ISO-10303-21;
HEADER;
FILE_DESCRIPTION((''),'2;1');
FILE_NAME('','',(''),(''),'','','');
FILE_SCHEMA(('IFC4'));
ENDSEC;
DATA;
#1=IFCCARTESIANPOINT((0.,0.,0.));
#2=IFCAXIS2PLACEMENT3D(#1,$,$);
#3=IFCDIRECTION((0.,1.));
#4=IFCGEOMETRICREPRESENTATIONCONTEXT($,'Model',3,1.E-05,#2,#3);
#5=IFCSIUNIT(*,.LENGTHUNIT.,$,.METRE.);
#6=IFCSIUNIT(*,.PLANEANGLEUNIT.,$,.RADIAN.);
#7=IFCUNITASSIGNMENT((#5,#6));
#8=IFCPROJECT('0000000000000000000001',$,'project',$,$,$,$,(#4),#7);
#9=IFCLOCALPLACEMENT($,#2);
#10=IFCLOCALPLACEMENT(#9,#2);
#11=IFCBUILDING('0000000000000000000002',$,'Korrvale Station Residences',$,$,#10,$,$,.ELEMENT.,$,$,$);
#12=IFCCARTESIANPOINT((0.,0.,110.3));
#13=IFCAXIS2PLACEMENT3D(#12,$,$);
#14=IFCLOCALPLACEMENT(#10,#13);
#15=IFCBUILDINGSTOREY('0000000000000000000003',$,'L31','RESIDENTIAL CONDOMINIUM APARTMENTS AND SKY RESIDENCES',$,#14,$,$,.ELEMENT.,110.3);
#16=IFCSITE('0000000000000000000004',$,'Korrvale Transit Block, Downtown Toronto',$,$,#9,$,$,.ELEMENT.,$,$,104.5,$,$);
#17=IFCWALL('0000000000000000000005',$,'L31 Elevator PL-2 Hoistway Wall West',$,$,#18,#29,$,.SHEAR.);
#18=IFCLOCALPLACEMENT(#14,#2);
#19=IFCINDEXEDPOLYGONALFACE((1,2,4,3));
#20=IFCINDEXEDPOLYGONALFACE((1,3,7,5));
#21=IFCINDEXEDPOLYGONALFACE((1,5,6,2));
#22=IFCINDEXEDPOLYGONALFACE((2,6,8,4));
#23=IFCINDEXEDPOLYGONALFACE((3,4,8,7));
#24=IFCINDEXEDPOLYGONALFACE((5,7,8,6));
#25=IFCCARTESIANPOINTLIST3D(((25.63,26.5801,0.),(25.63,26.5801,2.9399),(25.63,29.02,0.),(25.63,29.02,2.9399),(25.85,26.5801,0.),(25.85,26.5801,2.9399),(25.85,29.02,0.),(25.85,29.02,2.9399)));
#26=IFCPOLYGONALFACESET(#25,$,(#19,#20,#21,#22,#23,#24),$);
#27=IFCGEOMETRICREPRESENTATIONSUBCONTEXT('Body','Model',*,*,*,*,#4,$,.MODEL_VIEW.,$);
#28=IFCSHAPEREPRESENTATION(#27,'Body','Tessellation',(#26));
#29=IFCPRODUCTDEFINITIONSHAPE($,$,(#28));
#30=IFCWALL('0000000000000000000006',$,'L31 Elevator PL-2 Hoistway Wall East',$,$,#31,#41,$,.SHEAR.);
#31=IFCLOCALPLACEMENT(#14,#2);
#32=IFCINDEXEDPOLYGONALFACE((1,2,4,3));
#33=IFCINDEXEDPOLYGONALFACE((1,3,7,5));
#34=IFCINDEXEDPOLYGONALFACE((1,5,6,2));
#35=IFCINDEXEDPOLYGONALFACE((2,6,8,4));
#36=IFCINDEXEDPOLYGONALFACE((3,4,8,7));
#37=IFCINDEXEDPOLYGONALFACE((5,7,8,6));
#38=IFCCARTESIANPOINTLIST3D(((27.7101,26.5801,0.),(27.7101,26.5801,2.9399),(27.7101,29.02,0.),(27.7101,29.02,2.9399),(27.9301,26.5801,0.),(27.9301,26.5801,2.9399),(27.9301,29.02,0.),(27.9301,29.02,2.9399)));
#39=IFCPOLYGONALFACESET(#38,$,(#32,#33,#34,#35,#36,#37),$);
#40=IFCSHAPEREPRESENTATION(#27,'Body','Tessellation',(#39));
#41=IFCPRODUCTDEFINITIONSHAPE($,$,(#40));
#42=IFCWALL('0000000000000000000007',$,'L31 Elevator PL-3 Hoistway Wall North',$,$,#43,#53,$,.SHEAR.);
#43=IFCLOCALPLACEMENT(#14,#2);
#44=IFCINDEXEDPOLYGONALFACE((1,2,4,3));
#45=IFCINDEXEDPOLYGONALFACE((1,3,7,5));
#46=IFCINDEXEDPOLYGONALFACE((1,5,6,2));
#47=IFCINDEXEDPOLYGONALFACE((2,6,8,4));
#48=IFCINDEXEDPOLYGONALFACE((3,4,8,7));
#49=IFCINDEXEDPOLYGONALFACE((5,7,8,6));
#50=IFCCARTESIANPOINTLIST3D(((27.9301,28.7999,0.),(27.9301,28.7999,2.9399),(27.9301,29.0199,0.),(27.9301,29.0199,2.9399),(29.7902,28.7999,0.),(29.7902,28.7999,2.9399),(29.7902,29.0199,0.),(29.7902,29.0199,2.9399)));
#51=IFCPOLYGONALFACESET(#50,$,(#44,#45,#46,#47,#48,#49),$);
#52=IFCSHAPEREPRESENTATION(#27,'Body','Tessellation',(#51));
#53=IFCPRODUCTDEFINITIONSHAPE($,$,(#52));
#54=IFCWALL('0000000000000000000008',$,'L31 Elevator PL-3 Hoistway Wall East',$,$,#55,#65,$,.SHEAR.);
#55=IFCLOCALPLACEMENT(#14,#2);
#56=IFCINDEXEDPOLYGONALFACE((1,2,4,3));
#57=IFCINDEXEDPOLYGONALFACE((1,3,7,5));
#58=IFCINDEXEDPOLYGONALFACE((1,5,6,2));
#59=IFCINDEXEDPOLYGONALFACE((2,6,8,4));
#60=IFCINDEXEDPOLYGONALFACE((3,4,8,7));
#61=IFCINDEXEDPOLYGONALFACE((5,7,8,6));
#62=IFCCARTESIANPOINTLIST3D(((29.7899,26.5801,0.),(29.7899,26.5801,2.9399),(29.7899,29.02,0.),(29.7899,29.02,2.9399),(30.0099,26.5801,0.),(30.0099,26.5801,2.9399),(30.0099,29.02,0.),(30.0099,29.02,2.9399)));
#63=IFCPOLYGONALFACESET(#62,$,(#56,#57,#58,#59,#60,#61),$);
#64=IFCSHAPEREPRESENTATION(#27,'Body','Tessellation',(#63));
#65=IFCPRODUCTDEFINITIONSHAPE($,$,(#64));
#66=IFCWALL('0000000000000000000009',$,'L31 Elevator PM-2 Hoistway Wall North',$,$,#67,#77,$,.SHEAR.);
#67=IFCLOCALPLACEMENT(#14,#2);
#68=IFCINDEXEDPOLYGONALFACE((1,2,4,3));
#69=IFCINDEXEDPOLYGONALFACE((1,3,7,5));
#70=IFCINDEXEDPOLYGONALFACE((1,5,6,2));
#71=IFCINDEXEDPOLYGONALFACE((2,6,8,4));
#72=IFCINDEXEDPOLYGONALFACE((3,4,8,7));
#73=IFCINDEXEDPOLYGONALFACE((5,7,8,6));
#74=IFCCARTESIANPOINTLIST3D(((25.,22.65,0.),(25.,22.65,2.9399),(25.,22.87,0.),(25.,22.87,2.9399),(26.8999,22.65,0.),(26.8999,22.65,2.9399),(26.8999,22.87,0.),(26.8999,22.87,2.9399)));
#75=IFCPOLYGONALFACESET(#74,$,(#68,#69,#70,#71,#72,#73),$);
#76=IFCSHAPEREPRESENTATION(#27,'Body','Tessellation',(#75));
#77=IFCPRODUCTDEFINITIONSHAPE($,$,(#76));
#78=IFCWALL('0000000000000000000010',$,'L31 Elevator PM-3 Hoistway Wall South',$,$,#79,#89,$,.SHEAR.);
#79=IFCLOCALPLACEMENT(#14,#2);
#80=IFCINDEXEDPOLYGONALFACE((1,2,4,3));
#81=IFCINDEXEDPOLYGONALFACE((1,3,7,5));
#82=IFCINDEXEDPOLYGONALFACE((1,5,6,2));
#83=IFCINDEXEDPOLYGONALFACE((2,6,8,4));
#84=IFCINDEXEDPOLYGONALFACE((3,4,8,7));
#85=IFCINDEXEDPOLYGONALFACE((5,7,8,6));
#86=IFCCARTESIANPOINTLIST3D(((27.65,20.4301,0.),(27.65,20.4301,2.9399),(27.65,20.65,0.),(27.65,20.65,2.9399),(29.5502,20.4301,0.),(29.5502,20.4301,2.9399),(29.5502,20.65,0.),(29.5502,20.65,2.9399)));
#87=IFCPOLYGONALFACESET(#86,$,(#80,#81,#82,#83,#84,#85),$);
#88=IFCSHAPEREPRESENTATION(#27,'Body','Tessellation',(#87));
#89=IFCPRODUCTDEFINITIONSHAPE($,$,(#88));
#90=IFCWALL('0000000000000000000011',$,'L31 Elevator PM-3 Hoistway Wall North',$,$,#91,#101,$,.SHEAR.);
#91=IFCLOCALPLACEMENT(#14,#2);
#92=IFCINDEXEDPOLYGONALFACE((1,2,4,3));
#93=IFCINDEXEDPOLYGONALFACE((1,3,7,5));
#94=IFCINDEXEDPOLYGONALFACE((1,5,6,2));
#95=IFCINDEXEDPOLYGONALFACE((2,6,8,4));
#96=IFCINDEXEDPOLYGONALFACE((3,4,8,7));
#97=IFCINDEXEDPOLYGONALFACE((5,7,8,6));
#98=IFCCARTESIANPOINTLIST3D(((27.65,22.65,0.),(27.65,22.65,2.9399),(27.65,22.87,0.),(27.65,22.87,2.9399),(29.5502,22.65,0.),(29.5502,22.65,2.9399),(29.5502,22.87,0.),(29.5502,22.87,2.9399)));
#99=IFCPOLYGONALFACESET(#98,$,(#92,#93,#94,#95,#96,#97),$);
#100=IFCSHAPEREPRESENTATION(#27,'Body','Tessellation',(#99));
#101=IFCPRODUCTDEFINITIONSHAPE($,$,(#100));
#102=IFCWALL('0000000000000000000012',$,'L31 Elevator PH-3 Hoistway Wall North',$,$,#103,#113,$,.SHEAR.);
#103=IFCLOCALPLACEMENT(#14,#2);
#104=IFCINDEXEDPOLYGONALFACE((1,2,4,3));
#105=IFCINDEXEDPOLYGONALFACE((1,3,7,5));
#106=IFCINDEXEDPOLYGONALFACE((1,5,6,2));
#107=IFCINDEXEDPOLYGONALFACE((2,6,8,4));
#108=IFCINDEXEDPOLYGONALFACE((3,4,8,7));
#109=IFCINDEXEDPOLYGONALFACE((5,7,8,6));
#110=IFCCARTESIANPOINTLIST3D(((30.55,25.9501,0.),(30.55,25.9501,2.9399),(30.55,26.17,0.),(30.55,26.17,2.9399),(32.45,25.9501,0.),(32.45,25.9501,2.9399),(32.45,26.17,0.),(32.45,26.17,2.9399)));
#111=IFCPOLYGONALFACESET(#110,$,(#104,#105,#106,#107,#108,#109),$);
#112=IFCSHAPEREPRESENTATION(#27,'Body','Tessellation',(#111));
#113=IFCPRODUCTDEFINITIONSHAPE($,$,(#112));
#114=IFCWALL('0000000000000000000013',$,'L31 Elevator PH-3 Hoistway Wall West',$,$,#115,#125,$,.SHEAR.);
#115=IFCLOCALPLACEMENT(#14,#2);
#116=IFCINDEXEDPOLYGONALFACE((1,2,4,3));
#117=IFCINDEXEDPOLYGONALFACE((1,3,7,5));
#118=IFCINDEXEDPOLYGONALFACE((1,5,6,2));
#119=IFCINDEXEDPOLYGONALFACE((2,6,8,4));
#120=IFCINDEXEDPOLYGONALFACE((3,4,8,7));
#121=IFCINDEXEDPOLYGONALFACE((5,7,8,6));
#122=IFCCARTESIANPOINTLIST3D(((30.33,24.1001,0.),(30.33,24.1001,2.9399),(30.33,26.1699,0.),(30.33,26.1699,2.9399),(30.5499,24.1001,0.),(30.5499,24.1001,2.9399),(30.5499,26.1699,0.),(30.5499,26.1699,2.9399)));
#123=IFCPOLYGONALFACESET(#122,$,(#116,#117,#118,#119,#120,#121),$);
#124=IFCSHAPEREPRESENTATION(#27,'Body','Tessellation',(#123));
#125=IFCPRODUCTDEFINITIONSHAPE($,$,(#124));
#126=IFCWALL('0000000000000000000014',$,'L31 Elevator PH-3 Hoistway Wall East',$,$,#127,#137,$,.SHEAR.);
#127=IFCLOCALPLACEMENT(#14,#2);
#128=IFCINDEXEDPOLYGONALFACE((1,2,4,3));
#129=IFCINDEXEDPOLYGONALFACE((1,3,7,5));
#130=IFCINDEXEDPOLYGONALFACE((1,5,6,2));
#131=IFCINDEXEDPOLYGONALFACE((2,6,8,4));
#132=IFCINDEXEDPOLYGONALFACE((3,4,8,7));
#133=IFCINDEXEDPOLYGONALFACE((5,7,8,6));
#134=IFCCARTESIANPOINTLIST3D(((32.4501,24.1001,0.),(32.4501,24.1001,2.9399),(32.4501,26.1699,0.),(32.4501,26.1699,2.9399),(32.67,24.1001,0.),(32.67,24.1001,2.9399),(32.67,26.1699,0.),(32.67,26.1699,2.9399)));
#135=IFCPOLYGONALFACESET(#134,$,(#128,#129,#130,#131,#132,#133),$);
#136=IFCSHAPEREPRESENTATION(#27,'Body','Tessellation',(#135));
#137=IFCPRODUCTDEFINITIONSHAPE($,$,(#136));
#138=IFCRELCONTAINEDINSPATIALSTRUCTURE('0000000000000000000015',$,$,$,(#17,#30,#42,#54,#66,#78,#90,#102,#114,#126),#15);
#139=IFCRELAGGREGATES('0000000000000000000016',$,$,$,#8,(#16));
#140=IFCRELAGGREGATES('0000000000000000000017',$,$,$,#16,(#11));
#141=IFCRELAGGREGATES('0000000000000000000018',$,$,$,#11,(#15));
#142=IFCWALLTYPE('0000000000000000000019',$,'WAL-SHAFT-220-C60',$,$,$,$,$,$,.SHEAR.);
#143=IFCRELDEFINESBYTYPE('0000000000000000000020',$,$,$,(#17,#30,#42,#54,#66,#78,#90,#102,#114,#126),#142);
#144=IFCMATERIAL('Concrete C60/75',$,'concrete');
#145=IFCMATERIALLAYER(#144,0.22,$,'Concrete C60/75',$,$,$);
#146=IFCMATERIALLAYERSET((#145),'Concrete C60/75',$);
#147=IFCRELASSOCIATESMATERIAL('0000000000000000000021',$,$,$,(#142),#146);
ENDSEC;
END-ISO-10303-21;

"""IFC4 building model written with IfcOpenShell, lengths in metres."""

from ifc_helpers import new_model, si_unit, direction, frame, frame_2d, origin, place, context, subcontext, project, spatial, rectangle, extrude, material, layer, layer_set, type_object, element, save


model = new_model("IFC4")

# Units and contexts
model_context = context("Model", 3, precision=1e-05, world=origin(), true_north=direction((0.0, 1.0)))
body_context = subcontext(model_context, "Body", "Model", "MODEL_VIEW")
ifc_project = project(units=[si_unit("LENGTHUNIT", "METRE"), si_unit("PLANEANGLEUNIT", "RADIAN")], contexts=[model_context])

# Site, building, storey
site_placement = place(None, origin())
site = spatial("IfcSite", under=ifc_project, at=site_placement, Name="Korrvale Transit Block, Downtown Toronto", CompositionType="ELEMENT", RefElevation=104.5)
building_placement = place(site_placement, origin())
building = spatial("IfcBuilding", under=site, at=building_placement, Name="Korrvale Station Residences", CompositionType="ELEMENT")
storey_placement = place(building_placement, frame((0.0, 0.0, 110.3)))
storey = spatial("IfcBuildingStorey", under=building, at=storey_placement, Name="L31", Description="RESIDENTIAL CONDOMINIUM APARTMENTS AND SKY RESIDENCES", CompositionType="ELEMENT", Elevation=110.3)

# Shared definitions
ifc_material_1 = material(Name="Concrete C60/75", Category="concrete")

# Shared definitions
ifc_layer_1 = layer(ifc_material_1, 0.22, Name="Concrete C60/75")
ifc_layer_set_1 = layer_set([ifc_layer_1], Name="Concrete C60/75")
wall_type_1 = type_object("IfcWallType", Name="WAL-SHAFT-220-C60", PredefinedType="SHEAR", material=ifc_layer_set_1)

# Walls
for number, where, z_axis, x_axis, name in (
    (1, (25.74, 26.5801, 0.0), (0.0, 0.0, 1.0), (0.0, 1.0, 0.0), "L31 Elevator PL-2 Hoistway Wall West"),
    (2, (27.8201, 26.5801, 0.0), (0.0, 0.0, 1.0), (0.0, 1.0, 0.0), "L31 Elevator PL-2 Hoistway Wall East"),
):
    element("IfcWall", number, at=place(storey_placement, frame(where, z_axis=z_axis, x_axis=x_axis)), inside=storey, type_object=wall_type_1, Name=name, PredefinedType="SHEAR", context=body_context, shape_type="SweptSolid", body=[
        extrude(rectangle(XDim=2.4399, YDim=0.22, at=frame_2d((1.22, 0.0))), origin(), (0.0, 0.0, 1.0), 2.9399),
    ])

# Walls
wall_1_placement = place(storey_placement, frame((27.9299, 28.9099, 0.0), z_axis=(0.0, 0.0, 1.0), x_axis=(1.0, 0.0, 0.0)))
element("IfcWall", 3, at=wall_1_placement, inside=storey, type_object=wall_type_1, Name="L31 Elevator PL-3 Hoistway Wall North", PredefinedType="SHEAR", context=body_context, shape_type="SweptSolid", body=[
    extrude(rectangle(XDim=1.8601, YDim=0.22, at=frame_2d((0.9302, 0.0))), origin(), (0.0, 0.0, 1.0), 2.9399),
])
wall_2_placement = place(storey_placement, frame((29.8999, 26.5801, 0.0), z_axis=(0.0, 0.0, 1.0), x_axis=(0.0, 1.0, 0.0)))
element("IfcWall", 4, at=wall_2_placement, inside=storey, type_object=wall_type_1, Name="L31 Elevator PL-3 Hoistway Wall East", PredefinedType="SHEAR", context=body_context, shape_type="SweptSolid", body=[
    extrude(rectangle(XDim=2.4399, YDim=0.22, at=frame_2d((1.22, 0.0))), origin(), (0.0, 0.0, 1.0), 2.9399),
])
wall_3_placement = place(storey_placement, frame((25.0, 22.76, 0.0), z_axis=(0.0, 0.0, 1.0), x_axis=(1.0, 0.0, 0.0)))
element("IfcWall", 5, at=wall_3_placement, inside=storey, type_object=wall_type_1, Name="L31 Elevator PM-2 Hoistway Wall North", PredefinedType="SHEAR", context=body_context, shape_type="SweptSolid", body=[
    extrude(rectangle(XDim=1.8999, YDim=0.22, at=frame_2d((0.95, 0.0))), origin(), (0.0, 0.0, 1.0), 2.9399),
])
for number, where, z_axis, x_axis, name in (
    (6, (27.6499, 20.54, 0.0), (0.0, 0.0, 1.0), (1.0, 0.0, 0.0), "L31 Elevator PM-3 Hoistway Wall South"),
    (7, (27.6499, 22.76, 0.0), (0.0, 0.0, 1.0), (1.0, 0.0, 0.0), "L31 Elevator PM-3 Hoistway Wall North"),
):
    element("IfcWall", number, at=place(storey_placement, frame(where, z_axis=z_axis, x_axis=x_axis)), inside=storey, type_object=wall_type_1, Name=name, PredefinedType="SHEAR", context=body_context, shape_type="SweptSolid", body=[
        extrude(rectangle(XDim=1.9001, YDim=0.22, at=frame_2d((0.9502, 0.0))), origin(), (0.0, 0.0, 1.0), 2.9399),
    ])
wall_4_placement = place(storey_placement, frame((30.55, 26.0601, 0.0), z_axis=(0.0, 0.0, 1.0), x_axis=(1.0, 0.0, 0.0)))
element("IfcWall", 8, at=wall_4_placement, inside=storey, type_object=wall_type_1, Name="L31 Elevator PH-3 Hoistway Wall North", PredefinedType="SHEAR", context=body_context, shape_type="SweptSolid", body=[
    extrude(rectangle(XDim=1.8999, YDim=0.22, at=frame_2d((0.95, 0.0))), origin(), (0.0, 0.0, 1.0), 2.9399),
])
for number, where, z_axis, x_axis, name in (
    (9, (30.4399, 24.1001, 0.0), (0.0, 0.0, 1.0), (0.0, 1.0, 0.0), "L31 Elevator PH-3 Hoistway Wall West"),
    (10, (32.5601, 24.1001, 0.0), (0.0, 0.0, 1.0), (0.0, 1.0, 0.0), "L31 Elevator PH-3 Hoistway Wall East"),
):
    element("IfcWall", number, at=place(storey_placement, frame(where, z_axis=z_axis, x_axis=x_axis)), inside=storey, type_object=wall_type_1, Name=name, PredefinedType="SHEAR", context=body_context, shape_type="SweptSolid", body=[
        extrude(rectangle(XDim=2.0698, YDim=0.22, at=frame_2d((1.0349, 0.0))), origin(), (0.0, 0.0, 1.0), 2.9399),
    ])

save(model, "model.ifc")
